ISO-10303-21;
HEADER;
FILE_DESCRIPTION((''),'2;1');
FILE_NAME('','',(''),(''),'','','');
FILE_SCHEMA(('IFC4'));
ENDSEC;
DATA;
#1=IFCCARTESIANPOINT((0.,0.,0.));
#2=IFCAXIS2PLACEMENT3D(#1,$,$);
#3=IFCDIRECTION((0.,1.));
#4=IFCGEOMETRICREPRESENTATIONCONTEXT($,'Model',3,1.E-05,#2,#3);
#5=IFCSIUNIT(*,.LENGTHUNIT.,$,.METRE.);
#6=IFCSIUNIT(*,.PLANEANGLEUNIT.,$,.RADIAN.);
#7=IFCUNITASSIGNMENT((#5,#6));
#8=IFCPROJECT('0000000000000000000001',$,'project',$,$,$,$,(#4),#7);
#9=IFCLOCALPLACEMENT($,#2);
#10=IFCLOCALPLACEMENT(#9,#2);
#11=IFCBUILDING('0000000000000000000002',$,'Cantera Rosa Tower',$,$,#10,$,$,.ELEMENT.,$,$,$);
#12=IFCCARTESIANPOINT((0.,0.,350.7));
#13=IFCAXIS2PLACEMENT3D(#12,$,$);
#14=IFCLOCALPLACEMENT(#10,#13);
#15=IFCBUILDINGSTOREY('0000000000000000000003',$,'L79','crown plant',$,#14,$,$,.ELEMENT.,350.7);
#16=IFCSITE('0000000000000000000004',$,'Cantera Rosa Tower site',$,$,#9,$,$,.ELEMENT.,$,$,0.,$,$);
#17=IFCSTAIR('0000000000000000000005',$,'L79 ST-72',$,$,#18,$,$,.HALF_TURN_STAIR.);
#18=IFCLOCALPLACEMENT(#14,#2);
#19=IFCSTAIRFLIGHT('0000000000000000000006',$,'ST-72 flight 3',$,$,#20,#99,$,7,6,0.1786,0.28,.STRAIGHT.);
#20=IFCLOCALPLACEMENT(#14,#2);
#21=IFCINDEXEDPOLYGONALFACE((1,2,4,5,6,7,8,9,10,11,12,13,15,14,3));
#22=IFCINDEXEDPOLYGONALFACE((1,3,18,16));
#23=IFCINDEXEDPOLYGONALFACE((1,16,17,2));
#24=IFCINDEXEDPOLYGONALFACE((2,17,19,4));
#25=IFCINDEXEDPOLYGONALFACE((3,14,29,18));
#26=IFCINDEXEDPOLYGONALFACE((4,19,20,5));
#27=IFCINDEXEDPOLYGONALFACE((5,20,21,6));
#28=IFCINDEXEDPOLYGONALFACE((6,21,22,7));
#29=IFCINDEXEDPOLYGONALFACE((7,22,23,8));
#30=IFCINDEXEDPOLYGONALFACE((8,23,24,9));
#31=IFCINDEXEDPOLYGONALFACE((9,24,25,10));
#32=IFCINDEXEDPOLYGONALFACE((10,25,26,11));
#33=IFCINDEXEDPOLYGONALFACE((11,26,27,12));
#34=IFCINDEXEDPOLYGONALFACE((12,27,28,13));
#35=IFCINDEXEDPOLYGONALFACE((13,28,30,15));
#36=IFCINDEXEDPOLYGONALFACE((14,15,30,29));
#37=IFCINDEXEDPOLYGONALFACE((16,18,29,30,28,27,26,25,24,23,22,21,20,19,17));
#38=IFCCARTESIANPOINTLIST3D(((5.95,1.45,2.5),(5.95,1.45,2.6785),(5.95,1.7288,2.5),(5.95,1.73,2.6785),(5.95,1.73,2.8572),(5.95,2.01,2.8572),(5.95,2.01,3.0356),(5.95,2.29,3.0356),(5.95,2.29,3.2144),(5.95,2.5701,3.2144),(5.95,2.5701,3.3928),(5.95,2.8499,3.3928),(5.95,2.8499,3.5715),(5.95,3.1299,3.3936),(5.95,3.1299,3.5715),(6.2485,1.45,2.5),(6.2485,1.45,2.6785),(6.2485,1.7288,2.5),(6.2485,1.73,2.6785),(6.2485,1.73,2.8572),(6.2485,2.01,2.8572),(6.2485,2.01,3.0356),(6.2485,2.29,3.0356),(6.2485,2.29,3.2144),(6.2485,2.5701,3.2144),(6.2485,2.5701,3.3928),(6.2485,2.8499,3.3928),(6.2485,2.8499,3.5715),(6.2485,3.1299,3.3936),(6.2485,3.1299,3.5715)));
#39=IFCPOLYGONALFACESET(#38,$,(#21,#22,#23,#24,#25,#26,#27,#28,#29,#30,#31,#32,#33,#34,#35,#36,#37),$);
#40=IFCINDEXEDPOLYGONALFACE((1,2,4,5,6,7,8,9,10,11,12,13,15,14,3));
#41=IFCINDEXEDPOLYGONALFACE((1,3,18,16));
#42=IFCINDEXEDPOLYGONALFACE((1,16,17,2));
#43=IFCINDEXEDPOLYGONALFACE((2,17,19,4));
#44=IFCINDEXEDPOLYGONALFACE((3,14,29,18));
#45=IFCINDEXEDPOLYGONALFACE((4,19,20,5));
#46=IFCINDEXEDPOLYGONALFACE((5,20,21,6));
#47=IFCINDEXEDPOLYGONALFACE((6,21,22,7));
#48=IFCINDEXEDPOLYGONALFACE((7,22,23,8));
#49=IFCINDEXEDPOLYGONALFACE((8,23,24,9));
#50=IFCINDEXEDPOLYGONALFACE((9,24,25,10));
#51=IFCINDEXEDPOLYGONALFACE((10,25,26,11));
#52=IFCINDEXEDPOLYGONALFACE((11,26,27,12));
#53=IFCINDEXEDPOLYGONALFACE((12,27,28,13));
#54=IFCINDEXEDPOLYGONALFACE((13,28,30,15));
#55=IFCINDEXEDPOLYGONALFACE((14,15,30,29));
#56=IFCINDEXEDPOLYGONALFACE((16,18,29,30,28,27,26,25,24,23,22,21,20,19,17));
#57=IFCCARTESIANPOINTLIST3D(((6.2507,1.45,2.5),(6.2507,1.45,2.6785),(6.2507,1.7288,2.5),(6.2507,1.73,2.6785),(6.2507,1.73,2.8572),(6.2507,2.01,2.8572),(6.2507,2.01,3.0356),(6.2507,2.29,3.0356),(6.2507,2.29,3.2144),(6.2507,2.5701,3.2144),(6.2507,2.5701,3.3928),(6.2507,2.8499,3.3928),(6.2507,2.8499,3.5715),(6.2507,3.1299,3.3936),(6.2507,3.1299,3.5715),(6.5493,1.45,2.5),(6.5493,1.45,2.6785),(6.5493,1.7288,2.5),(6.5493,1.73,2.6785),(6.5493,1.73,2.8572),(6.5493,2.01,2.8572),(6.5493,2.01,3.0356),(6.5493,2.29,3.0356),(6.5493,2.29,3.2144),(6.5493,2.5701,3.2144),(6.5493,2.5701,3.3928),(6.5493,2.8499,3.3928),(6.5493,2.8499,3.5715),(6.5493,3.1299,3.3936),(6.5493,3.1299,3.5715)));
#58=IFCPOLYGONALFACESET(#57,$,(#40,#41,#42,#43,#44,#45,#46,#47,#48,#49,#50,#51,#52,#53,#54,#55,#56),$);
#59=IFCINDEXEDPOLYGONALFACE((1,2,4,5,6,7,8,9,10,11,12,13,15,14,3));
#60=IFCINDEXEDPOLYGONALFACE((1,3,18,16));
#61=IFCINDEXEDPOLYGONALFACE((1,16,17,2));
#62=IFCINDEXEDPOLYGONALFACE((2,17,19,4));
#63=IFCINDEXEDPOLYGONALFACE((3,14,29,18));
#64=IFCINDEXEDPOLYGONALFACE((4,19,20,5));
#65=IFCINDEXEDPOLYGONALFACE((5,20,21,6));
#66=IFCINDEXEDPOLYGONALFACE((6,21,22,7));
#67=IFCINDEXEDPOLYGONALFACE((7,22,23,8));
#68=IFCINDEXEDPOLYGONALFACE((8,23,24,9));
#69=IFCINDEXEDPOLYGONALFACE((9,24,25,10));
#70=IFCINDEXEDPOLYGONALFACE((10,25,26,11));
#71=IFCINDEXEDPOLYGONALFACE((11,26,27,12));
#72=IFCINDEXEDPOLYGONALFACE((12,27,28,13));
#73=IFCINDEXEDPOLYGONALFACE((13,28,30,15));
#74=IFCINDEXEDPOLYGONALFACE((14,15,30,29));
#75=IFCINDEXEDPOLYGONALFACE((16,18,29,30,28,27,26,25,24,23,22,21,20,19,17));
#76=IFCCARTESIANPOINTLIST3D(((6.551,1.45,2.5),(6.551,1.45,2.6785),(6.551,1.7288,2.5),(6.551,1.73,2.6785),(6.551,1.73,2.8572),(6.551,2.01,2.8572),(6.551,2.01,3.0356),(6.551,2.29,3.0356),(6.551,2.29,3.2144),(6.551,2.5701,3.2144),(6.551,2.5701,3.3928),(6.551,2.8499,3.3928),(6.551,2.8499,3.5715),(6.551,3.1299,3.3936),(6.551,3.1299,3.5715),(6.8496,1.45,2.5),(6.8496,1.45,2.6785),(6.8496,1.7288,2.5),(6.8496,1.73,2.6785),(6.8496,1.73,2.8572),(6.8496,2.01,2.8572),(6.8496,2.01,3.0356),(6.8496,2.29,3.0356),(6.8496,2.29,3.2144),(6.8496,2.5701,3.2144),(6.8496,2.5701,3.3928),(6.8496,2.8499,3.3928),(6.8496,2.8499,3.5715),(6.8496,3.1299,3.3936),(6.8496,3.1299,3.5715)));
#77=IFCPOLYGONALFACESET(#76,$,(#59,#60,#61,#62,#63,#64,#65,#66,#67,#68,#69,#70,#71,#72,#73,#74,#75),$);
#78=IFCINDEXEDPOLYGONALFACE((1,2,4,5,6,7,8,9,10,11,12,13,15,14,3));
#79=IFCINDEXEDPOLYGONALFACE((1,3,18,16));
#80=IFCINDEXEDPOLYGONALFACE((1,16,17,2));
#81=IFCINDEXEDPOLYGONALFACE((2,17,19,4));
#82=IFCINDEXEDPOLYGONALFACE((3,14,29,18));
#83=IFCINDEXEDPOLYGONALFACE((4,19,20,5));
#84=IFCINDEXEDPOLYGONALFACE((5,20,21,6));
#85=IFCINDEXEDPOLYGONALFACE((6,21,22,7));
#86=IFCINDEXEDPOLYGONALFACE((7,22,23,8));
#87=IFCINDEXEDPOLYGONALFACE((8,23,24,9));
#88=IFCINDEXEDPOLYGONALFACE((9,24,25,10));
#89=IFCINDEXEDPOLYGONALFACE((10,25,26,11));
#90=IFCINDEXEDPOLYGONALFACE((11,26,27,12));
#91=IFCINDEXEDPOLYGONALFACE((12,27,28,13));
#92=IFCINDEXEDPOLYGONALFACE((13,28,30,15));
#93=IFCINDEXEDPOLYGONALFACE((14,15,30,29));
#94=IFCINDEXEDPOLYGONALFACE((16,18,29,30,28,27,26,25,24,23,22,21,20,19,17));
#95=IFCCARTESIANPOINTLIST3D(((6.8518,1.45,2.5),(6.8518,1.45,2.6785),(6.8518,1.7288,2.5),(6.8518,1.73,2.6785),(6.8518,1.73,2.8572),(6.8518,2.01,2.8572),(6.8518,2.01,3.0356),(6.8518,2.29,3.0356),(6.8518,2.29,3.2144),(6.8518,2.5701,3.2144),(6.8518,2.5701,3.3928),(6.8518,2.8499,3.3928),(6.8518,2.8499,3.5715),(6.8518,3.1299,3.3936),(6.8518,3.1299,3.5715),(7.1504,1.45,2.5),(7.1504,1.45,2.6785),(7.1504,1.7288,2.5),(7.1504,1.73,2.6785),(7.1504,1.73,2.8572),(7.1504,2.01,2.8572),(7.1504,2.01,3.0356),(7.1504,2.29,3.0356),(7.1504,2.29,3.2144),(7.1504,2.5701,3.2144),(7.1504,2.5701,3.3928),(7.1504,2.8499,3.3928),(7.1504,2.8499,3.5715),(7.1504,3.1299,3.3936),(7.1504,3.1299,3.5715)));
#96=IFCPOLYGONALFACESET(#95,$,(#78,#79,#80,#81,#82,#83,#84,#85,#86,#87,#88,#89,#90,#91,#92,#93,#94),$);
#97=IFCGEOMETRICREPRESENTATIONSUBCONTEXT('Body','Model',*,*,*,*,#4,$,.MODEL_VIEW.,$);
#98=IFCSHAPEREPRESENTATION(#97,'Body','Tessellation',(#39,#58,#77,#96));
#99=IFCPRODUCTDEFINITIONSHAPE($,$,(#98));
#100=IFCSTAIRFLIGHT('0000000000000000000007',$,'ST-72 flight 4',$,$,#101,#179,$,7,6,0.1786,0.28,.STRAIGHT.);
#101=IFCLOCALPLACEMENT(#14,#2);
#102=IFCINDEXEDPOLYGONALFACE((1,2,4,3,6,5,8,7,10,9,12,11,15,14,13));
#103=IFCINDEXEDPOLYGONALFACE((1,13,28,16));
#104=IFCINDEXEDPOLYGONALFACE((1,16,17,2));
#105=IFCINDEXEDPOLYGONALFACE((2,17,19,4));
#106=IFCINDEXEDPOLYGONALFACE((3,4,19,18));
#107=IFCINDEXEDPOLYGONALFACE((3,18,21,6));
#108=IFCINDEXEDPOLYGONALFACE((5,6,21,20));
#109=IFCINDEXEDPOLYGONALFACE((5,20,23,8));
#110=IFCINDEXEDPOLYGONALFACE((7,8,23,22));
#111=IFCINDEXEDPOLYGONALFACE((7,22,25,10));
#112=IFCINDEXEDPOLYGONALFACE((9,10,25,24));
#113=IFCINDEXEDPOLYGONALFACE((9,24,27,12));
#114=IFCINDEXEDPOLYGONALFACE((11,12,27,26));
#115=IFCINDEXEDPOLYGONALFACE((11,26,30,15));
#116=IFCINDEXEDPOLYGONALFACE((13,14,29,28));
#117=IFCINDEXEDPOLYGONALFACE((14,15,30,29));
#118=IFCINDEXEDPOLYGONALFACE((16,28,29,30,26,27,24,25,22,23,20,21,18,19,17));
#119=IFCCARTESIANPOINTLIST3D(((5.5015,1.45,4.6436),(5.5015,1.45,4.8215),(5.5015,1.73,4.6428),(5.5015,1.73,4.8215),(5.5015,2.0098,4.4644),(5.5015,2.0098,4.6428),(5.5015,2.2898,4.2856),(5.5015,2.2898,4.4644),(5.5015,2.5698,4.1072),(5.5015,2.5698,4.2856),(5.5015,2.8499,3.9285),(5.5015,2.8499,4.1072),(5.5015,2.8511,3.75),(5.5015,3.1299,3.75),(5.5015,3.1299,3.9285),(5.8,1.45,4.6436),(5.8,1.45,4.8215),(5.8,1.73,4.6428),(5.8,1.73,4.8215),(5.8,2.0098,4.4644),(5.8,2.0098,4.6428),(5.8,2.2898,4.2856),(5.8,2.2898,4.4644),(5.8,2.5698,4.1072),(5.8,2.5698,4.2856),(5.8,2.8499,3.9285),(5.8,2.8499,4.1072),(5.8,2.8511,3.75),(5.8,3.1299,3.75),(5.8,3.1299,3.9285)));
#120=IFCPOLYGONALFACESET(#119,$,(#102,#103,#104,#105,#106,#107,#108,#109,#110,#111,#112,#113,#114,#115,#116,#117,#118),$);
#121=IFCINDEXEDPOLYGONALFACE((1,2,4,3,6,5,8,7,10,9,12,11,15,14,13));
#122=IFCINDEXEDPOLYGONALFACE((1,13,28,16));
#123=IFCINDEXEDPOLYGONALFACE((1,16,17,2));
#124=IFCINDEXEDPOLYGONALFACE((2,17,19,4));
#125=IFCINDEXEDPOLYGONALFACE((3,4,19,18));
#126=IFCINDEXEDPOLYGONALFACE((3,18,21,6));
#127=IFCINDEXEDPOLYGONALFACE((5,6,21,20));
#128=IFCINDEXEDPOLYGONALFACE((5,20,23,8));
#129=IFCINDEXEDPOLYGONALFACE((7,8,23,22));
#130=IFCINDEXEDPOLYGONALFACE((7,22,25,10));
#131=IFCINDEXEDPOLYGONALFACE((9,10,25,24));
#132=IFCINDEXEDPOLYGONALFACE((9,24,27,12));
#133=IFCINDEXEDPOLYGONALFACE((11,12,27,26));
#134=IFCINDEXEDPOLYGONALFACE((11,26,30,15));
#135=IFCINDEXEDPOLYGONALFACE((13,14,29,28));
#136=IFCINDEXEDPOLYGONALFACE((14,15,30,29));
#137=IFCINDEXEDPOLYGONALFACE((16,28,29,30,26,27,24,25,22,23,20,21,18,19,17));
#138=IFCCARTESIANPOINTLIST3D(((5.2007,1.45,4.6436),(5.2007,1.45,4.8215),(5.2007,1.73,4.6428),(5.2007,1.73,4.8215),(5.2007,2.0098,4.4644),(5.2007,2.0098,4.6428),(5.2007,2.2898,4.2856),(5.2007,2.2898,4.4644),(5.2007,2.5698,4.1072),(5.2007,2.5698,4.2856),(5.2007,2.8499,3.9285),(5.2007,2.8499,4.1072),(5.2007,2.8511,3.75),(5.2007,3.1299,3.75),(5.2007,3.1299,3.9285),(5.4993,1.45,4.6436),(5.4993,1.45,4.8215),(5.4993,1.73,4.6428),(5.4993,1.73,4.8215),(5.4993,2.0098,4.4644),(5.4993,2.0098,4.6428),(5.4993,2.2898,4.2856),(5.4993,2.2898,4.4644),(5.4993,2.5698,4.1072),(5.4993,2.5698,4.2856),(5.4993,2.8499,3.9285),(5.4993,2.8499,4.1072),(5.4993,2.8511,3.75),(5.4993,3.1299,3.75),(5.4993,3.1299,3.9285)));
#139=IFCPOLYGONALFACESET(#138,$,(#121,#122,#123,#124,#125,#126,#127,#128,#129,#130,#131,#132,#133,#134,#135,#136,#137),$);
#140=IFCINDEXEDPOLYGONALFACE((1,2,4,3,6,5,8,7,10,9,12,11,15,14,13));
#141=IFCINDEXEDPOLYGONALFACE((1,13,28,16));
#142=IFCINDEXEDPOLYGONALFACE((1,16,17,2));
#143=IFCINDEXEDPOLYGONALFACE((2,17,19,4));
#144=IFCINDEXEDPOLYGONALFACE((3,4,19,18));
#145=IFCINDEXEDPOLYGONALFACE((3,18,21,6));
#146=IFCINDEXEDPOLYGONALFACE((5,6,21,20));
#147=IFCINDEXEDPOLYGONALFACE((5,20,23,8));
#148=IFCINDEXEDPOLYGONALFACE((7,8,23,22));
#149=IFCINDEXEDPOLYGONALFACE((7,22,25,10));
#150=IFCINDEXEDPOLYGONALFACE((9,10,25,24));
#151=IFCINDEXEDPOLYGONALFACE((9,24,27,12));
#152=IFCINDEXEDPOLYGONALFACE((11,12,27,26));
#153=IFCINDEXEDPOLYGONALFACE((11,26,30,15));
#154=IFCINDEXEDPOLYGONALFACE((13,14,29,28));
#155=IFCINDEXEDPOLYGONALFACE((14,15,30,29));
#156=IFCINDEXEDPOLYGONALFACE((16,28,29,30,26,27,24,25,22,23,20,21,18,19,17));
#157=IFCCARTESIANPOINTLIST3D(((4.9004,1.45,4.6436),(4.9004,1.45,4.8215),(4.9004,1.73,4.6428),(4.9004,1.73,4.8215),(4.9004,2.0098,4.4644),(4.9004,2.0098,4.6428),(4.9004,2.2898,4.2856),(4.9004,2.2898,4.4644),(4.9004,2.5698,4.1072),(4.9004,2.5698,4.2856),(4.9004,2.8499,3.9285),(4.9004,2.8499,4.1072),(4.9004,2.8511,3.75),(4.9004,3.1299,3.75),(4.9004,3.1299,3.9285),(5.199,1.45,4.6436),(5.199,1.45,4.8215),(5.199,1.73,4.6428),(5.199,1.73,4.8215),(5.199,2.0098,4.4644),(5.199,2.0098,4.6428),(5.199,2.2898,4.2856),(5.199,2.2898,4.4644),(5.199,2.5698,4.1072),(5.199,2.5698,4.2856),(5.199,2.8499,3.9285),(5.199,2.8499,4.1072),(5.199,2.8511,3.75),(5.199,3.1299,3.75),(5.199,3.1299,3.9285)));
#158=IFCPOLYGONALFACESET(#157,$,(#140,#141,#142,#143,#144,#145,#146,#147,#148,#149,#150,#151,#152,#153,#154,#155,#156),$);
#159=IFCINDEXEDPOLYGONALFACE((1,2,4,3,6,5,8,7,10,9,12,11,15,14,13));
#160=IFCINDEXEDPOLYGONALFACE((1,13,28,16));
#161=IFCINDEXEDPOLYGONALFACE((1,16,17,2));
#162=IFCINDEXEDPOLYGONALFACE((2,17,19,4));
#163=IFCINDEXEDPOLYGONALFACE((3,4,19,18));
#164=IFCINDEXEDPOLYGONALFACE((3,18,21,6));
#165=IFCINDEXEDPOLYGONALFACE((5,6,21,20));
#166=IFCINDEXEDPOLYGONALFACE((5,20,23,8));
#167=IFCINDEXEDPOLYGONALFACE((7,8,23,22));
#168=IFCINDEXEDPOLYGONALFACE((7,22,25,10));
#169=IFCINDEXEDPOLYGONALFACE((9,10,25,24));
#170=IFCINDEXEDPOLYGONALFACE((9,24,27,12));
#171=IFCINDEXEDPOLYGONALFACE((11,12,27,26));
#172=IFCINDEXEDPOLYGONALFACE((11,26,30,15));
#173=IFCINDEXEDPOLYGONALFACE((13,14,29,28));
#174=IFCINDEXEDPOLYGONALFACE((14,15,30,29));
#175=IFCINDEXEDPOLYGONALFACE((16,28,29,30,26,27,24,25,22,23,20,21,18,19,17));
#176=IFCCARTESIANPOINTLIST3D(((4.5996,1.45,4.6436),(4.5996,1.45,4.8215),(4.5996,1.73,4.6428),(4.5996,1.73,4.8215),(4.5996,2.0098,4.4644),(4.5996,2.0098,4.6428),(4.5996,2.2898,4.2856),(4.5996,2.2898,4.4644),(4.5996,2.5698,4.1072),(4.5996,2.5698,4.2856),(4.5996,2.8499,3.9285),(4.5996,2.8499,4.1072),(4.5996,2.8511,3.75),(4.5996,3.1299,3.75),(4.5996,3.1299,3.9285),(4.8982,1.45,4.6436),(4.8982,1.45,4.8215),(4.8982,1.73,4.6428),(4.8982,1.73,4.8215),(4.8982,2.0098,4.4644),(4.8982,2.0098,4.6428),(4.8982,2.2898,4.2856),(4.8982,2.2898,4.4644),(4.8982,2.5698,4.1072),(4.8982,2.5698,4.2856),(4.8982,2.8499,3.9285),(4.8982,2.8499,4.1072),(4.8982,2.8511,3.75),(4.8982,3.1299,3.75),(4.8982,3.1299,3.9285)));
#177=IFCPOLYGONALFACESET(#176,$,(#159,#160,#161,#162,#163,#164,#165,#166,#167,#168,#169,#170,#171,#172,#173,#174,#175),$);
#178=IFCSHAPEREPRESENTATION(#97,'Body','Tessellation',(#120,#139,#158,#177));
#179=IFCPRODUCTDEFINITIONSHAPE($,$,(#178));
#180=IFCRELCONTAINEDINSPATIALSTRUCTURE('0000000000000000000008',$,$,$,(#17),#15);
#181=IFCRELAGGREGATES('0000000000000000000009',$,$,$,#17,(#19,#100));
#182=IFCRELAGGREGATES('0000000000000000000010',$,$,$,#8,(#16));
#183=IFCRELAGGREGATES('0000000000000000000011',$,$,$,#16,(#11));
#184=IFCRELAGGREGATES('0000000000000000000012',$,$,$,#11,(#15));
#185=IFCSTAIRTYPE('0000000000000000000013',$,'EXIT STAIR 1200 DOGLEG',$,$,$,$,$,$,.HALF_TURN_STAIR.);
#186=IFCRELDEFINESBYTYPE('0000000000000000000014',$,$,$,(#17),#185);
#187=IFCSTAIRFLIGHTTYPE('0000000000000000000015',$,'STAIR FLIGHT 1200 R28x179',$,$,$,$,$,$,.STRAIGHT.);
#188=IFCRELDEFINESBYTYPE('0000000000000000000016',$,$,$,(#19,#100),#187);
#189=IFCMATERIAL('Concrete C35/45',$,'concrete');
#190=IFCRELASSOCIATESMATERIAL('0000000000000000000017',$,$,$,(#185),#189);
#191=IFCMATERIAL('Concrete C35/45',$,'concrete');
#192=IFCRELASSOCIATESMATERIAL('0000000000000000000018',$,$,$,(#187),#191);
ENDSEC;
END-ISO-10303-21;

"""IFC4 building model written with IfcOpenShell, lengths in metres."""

from ifc_helpers import new_model, si_unit, direction, frame, origin, place, context, subcontext, project, spatial, polyline, outline, extrude, material, type_object, element, aggregate, save


model = new_model("IFC4")

# Units and contexts
model_context = context("Model", 3, precision=1e-05, world=origin(), true_north=direction((0.0, 1.0)))
body_context = subcontext(model_context, "Body", "Model", "MODEL_VIEW")
ifc_project = project(units=[si_unit("LENGTHUNIT", "METRE"), si_unit("PLANEANGLEUNIT", "RADIAN")], contexts=[model_context])

# Site, building, storey
site_placement = place(None, origin())
site = spatial("IfcSite", under=ifc_project, at=site_placement, Name="Cantera Rosa Tower site", CompositionType="ELEMENT", RefElevation=0.0)
building_placement = place(site_placement, origin())
building = spatial("IfcBuilding", under=site, at=building_placement, Name="Cantera Rosa Tower", CompositionType="ELEMENT")
storey_placement = place(building_placement, frame((0.0, 0.0, 350.7)))
storey = spatial("IfcBuildingStorey", under=building, at=storey_placement, Name="L79", Description="crown plant", CompositionType="ELEMENT", Elevation=350.7)

# Stair, stair flights
ifc_material_1 = material(Name="Concrete C35/45", Category="concrete")
stair_type = type_object("IfcStairType", Name="EXIT STAIR 1200 DOGLEG", PredefinedType="HALF_TURN_STAIR", material=ifc_material_1)
stair_placement = place(storey_placement, origin())
stair = element("IfcStair", 1, at=stair_placement, inside=storey, type_object=stair_type, Name="L79 ST-72", PredefinedType="HALF_TURN_STAIR")
ifc_material_2 = material(Name="Concrete C35/45", Category="concrete")
stair_flight_type = type_object("IfcStairFlightType", Name="STAIR FLIGHT 1200 R28x179", PredefinedType="STRAIGHT", material=ifc_material_2)
stair_flight_1_placement = place(storey_placement, frame((6.55, 1.45, 2.5), z_axis=(0.0, 0.0, 1.0), x_axis=(0.0, 1.0, 0.0)))
stair_flight_1 = element("IfcStairFlight", 2, at=stair_flight_1_placement, type_object=stair_flight_type, Name="ST-72 flight 3", NumberOfRisers=7, NumberOfTreads=6, PredefinedType="STRAIGHT", RiserHeight=0.1786, TreadLength=0.28, context=body_context, shape_type="SweptSolid", body=[
    extrude(outline(polyline([(0.0, 0.0), (0.0, 0.1785), (0.28, 0.1785), (0.28, 0.3572), (0.5601, 0.3572), (0.5601, 0.5356), (0.8401, 0.5356), (0.8401, 0.7144), (1.1201, 0.7144), (1.1201, 0.8928), (1.3999, 0.8928), (1.3999, 1.0715), (1.6799, 1.0715), (1.6799, 1.25), (1.6799, 0.8936), (0.2788, 0.0), (0.0, 0.0)])), frame((0.0, 0.6001, 0.0), z_axis=(0.0, -1.0, 0.0), x_axis=(1.0, 0.0, 0.0)), (0.0, 0.0, 1.0), 0.2986),
    extrude(outline(polyline([(0.0, 0.0), (0.0, 0.1785), (0.28, 0.1785), (0.28, 0.3572), (0.5601, 0.3572), (0.5601, 0.5356), (0.8401, 0.5356), (0.8401, 0.7144), (1.1201, 0.7144), (1.1201, 0.8928), (1.3999, 0.8928), (1.3999, 1.0715), (1.6799, 1.0715), (1.6799, 1.25), (1.6799, 0.8936), (0.2788, 0.0), (0.0, 0.0)])), frame((0.0, 0.2993, 0.0), z_axis=(0.0, -1.0, 0.0), x_axis=(1.0, 0.0, 0.0)), (0.0, 0.0, 1.0), 0.2986),
    extrude(outline(polyline([(0.0, 0.0), (0.0, 0.1785), (0.28, 0.1785), (0.28, 0.3572), (0.5601, 0.3572), (0.5601, 0.5356), (0.8401, 0.5356), (0.8401, 0.7144), (1.1201, 0.7144), (1.1201, 0.8928), (1.3999, 0.8928), (1.3999, 1.0715), (1.6799, 1.0715), (1.6799, 1.25), (1.6799, 0.8936), (0.2788, 0.0), (0.0, 0.0)])), frame((0.0, -0.001, 0.0), z_axis=(0.0, -1.0, 0.0), x_axis=(1.0, 0.0, 0.0)), (0.0, 0.0, 1.0), 0.2986),
    extrude(outline(polyline([(0.0, 0.0), (0.0, 0.1785), (0.28, 0.1785), (0.28, 0.3572), (0.5601, 0.3572), (0.5601, 0.5356), (0.8401, 0.5356), (0.8401, 0.7144), (1.1201, 0.7144), (1.1201, 0.8928), (1.3999, 0.8928), (1.3999, 1.0715), (1.6799, 1.0715), (1.6799, 1.25), (1.6799, 0.8936), (0.2788, 0.0), (0.0, 0.0)])), frame((0.0, -0.3018, 0.0), z_axis=(0.0, -1.0, 0.0), x_axis=(1.0, 0.0, 0.0)), (0.0, 0.0, 1.0), 0.2986),
])
stair_flight_2_placement = place(storey_placement, frame((5.2, 3.1299, 3.75), z_axis=(0.0, 0.0, 1.0), x_axis=(0.0, -1.0, 0.0)))
stair_flight_2 = element("IfcStairFlight", 3, at=stair_flight_2_placement, type_object=stair_flight_type, Name="ST-72 flight 4", NumberOfRisers=7, NumberOfTreads=6, PredefinedType="STRAIGHT", RiserHeight=0.1786, TreadLength=0.28, context=body_context, shape_type="SweptSolid", body=[
    extrude(outline(polyline([(0.0, 0.0), (0.0, 0.1785), (0.28, 0.1785), (0.28, 0.3572), (0.5601, 0.3572), (0.5601, 0.5356), (0.8401, 0.5356), (0.8401, 0.7144), (1.1201, 0.7144), (1.1201, 0.8928), (1.3999, 0.8928), (1.3999, 1.0715), (1.6799, 1.0715), (1.6799, 1.25), (1.6799, 0.8936), (0.2788, 0.0), (0.0, 0.0)])), frame((0.0, 0.6001, 0.0), z_axis=(0.0, -1.0, 0.0), x_axis=(1.0, 0.0, 0.0)), (0.0, 0.0, 1.0), 0.2986),
    extrude(outline(polyline([(0.0, 0.0), (0.0, 0.1785), (0.28, 0.1785), (0.28, 0.3572), (0.5601, 0.3572), (0.5601, 0.5356), (0.8401, 0.5356), (0.8401, 0.7144), (1.1201, 0.7144), (1.1201, 0.8928), (1.3999, 0.8928), (1.3999, 1.0715), (1.6799, 1.0715), (1.6799, 1.25), (1.6799, 0.8936), (0.2788, 0.0), (0.0, 0.0)])), frame((0.0, 0.2993, 0.0), z_axis=(0.0, -1.0, 0.0), x_axis=(1.0, 0.0, 0.0)), (0.0, 0.0, 1.0), 0.2986),
    extrude(outline(polyline([(0.0, 0.0), (0.0, 0.1785), (0.28, 0.1785), (0.28, 0.3572), (0.5601, 0.3572), (0.5601, 0.5356), (0.8401, 0.5356), (0.8401, 0.7144), (1.1201, 0.7144), (1.1201, 0.8928), (1.3999, 0.8928), (1.3999, 1.0715), (1.6799, 1.0715), (1.6799, 1.25), (1.6799, 0.8936), (0.2788, 0.0), (0.0, 0.0)])), frame((0.0, -0.001, 0.0), z_axis=(0.0, -1.0, 0.0), x_axis=(1.0, 0.0, 0.0)), (0.0, 0.0, 1.0), 0.2986),
    extrude(outline(polyline([(0.0, 0.0), (0.0, 0.1785), (0.28, 0.1785), (0.28, 0.3572), (0.5601, 0.3572), (0.5601, 0.5356), (0.8401, 0.5356), (0.8401, 0.7144), (1.1201, 0.7144), (1.1201, 0.8928), (1.3999, 0.8928), (1.3999, 1.0715), (1.6799, 1.0715), (1.6799, 1.25), (1.6799, 0.8936), (0.2788, 0.0), (0.0, 0.0)])), frame((0.0, -0.3018, 0.0), z_axis=(0.0, -1.0, 0.0), x_axis=(1.0, 0.0, 0.0)), (0.0, 0.0, 1.0), 0.2986),
])
aggregate(stair, [stair_flight_1, stair_flight_2])

save(model, "model.ifc")
